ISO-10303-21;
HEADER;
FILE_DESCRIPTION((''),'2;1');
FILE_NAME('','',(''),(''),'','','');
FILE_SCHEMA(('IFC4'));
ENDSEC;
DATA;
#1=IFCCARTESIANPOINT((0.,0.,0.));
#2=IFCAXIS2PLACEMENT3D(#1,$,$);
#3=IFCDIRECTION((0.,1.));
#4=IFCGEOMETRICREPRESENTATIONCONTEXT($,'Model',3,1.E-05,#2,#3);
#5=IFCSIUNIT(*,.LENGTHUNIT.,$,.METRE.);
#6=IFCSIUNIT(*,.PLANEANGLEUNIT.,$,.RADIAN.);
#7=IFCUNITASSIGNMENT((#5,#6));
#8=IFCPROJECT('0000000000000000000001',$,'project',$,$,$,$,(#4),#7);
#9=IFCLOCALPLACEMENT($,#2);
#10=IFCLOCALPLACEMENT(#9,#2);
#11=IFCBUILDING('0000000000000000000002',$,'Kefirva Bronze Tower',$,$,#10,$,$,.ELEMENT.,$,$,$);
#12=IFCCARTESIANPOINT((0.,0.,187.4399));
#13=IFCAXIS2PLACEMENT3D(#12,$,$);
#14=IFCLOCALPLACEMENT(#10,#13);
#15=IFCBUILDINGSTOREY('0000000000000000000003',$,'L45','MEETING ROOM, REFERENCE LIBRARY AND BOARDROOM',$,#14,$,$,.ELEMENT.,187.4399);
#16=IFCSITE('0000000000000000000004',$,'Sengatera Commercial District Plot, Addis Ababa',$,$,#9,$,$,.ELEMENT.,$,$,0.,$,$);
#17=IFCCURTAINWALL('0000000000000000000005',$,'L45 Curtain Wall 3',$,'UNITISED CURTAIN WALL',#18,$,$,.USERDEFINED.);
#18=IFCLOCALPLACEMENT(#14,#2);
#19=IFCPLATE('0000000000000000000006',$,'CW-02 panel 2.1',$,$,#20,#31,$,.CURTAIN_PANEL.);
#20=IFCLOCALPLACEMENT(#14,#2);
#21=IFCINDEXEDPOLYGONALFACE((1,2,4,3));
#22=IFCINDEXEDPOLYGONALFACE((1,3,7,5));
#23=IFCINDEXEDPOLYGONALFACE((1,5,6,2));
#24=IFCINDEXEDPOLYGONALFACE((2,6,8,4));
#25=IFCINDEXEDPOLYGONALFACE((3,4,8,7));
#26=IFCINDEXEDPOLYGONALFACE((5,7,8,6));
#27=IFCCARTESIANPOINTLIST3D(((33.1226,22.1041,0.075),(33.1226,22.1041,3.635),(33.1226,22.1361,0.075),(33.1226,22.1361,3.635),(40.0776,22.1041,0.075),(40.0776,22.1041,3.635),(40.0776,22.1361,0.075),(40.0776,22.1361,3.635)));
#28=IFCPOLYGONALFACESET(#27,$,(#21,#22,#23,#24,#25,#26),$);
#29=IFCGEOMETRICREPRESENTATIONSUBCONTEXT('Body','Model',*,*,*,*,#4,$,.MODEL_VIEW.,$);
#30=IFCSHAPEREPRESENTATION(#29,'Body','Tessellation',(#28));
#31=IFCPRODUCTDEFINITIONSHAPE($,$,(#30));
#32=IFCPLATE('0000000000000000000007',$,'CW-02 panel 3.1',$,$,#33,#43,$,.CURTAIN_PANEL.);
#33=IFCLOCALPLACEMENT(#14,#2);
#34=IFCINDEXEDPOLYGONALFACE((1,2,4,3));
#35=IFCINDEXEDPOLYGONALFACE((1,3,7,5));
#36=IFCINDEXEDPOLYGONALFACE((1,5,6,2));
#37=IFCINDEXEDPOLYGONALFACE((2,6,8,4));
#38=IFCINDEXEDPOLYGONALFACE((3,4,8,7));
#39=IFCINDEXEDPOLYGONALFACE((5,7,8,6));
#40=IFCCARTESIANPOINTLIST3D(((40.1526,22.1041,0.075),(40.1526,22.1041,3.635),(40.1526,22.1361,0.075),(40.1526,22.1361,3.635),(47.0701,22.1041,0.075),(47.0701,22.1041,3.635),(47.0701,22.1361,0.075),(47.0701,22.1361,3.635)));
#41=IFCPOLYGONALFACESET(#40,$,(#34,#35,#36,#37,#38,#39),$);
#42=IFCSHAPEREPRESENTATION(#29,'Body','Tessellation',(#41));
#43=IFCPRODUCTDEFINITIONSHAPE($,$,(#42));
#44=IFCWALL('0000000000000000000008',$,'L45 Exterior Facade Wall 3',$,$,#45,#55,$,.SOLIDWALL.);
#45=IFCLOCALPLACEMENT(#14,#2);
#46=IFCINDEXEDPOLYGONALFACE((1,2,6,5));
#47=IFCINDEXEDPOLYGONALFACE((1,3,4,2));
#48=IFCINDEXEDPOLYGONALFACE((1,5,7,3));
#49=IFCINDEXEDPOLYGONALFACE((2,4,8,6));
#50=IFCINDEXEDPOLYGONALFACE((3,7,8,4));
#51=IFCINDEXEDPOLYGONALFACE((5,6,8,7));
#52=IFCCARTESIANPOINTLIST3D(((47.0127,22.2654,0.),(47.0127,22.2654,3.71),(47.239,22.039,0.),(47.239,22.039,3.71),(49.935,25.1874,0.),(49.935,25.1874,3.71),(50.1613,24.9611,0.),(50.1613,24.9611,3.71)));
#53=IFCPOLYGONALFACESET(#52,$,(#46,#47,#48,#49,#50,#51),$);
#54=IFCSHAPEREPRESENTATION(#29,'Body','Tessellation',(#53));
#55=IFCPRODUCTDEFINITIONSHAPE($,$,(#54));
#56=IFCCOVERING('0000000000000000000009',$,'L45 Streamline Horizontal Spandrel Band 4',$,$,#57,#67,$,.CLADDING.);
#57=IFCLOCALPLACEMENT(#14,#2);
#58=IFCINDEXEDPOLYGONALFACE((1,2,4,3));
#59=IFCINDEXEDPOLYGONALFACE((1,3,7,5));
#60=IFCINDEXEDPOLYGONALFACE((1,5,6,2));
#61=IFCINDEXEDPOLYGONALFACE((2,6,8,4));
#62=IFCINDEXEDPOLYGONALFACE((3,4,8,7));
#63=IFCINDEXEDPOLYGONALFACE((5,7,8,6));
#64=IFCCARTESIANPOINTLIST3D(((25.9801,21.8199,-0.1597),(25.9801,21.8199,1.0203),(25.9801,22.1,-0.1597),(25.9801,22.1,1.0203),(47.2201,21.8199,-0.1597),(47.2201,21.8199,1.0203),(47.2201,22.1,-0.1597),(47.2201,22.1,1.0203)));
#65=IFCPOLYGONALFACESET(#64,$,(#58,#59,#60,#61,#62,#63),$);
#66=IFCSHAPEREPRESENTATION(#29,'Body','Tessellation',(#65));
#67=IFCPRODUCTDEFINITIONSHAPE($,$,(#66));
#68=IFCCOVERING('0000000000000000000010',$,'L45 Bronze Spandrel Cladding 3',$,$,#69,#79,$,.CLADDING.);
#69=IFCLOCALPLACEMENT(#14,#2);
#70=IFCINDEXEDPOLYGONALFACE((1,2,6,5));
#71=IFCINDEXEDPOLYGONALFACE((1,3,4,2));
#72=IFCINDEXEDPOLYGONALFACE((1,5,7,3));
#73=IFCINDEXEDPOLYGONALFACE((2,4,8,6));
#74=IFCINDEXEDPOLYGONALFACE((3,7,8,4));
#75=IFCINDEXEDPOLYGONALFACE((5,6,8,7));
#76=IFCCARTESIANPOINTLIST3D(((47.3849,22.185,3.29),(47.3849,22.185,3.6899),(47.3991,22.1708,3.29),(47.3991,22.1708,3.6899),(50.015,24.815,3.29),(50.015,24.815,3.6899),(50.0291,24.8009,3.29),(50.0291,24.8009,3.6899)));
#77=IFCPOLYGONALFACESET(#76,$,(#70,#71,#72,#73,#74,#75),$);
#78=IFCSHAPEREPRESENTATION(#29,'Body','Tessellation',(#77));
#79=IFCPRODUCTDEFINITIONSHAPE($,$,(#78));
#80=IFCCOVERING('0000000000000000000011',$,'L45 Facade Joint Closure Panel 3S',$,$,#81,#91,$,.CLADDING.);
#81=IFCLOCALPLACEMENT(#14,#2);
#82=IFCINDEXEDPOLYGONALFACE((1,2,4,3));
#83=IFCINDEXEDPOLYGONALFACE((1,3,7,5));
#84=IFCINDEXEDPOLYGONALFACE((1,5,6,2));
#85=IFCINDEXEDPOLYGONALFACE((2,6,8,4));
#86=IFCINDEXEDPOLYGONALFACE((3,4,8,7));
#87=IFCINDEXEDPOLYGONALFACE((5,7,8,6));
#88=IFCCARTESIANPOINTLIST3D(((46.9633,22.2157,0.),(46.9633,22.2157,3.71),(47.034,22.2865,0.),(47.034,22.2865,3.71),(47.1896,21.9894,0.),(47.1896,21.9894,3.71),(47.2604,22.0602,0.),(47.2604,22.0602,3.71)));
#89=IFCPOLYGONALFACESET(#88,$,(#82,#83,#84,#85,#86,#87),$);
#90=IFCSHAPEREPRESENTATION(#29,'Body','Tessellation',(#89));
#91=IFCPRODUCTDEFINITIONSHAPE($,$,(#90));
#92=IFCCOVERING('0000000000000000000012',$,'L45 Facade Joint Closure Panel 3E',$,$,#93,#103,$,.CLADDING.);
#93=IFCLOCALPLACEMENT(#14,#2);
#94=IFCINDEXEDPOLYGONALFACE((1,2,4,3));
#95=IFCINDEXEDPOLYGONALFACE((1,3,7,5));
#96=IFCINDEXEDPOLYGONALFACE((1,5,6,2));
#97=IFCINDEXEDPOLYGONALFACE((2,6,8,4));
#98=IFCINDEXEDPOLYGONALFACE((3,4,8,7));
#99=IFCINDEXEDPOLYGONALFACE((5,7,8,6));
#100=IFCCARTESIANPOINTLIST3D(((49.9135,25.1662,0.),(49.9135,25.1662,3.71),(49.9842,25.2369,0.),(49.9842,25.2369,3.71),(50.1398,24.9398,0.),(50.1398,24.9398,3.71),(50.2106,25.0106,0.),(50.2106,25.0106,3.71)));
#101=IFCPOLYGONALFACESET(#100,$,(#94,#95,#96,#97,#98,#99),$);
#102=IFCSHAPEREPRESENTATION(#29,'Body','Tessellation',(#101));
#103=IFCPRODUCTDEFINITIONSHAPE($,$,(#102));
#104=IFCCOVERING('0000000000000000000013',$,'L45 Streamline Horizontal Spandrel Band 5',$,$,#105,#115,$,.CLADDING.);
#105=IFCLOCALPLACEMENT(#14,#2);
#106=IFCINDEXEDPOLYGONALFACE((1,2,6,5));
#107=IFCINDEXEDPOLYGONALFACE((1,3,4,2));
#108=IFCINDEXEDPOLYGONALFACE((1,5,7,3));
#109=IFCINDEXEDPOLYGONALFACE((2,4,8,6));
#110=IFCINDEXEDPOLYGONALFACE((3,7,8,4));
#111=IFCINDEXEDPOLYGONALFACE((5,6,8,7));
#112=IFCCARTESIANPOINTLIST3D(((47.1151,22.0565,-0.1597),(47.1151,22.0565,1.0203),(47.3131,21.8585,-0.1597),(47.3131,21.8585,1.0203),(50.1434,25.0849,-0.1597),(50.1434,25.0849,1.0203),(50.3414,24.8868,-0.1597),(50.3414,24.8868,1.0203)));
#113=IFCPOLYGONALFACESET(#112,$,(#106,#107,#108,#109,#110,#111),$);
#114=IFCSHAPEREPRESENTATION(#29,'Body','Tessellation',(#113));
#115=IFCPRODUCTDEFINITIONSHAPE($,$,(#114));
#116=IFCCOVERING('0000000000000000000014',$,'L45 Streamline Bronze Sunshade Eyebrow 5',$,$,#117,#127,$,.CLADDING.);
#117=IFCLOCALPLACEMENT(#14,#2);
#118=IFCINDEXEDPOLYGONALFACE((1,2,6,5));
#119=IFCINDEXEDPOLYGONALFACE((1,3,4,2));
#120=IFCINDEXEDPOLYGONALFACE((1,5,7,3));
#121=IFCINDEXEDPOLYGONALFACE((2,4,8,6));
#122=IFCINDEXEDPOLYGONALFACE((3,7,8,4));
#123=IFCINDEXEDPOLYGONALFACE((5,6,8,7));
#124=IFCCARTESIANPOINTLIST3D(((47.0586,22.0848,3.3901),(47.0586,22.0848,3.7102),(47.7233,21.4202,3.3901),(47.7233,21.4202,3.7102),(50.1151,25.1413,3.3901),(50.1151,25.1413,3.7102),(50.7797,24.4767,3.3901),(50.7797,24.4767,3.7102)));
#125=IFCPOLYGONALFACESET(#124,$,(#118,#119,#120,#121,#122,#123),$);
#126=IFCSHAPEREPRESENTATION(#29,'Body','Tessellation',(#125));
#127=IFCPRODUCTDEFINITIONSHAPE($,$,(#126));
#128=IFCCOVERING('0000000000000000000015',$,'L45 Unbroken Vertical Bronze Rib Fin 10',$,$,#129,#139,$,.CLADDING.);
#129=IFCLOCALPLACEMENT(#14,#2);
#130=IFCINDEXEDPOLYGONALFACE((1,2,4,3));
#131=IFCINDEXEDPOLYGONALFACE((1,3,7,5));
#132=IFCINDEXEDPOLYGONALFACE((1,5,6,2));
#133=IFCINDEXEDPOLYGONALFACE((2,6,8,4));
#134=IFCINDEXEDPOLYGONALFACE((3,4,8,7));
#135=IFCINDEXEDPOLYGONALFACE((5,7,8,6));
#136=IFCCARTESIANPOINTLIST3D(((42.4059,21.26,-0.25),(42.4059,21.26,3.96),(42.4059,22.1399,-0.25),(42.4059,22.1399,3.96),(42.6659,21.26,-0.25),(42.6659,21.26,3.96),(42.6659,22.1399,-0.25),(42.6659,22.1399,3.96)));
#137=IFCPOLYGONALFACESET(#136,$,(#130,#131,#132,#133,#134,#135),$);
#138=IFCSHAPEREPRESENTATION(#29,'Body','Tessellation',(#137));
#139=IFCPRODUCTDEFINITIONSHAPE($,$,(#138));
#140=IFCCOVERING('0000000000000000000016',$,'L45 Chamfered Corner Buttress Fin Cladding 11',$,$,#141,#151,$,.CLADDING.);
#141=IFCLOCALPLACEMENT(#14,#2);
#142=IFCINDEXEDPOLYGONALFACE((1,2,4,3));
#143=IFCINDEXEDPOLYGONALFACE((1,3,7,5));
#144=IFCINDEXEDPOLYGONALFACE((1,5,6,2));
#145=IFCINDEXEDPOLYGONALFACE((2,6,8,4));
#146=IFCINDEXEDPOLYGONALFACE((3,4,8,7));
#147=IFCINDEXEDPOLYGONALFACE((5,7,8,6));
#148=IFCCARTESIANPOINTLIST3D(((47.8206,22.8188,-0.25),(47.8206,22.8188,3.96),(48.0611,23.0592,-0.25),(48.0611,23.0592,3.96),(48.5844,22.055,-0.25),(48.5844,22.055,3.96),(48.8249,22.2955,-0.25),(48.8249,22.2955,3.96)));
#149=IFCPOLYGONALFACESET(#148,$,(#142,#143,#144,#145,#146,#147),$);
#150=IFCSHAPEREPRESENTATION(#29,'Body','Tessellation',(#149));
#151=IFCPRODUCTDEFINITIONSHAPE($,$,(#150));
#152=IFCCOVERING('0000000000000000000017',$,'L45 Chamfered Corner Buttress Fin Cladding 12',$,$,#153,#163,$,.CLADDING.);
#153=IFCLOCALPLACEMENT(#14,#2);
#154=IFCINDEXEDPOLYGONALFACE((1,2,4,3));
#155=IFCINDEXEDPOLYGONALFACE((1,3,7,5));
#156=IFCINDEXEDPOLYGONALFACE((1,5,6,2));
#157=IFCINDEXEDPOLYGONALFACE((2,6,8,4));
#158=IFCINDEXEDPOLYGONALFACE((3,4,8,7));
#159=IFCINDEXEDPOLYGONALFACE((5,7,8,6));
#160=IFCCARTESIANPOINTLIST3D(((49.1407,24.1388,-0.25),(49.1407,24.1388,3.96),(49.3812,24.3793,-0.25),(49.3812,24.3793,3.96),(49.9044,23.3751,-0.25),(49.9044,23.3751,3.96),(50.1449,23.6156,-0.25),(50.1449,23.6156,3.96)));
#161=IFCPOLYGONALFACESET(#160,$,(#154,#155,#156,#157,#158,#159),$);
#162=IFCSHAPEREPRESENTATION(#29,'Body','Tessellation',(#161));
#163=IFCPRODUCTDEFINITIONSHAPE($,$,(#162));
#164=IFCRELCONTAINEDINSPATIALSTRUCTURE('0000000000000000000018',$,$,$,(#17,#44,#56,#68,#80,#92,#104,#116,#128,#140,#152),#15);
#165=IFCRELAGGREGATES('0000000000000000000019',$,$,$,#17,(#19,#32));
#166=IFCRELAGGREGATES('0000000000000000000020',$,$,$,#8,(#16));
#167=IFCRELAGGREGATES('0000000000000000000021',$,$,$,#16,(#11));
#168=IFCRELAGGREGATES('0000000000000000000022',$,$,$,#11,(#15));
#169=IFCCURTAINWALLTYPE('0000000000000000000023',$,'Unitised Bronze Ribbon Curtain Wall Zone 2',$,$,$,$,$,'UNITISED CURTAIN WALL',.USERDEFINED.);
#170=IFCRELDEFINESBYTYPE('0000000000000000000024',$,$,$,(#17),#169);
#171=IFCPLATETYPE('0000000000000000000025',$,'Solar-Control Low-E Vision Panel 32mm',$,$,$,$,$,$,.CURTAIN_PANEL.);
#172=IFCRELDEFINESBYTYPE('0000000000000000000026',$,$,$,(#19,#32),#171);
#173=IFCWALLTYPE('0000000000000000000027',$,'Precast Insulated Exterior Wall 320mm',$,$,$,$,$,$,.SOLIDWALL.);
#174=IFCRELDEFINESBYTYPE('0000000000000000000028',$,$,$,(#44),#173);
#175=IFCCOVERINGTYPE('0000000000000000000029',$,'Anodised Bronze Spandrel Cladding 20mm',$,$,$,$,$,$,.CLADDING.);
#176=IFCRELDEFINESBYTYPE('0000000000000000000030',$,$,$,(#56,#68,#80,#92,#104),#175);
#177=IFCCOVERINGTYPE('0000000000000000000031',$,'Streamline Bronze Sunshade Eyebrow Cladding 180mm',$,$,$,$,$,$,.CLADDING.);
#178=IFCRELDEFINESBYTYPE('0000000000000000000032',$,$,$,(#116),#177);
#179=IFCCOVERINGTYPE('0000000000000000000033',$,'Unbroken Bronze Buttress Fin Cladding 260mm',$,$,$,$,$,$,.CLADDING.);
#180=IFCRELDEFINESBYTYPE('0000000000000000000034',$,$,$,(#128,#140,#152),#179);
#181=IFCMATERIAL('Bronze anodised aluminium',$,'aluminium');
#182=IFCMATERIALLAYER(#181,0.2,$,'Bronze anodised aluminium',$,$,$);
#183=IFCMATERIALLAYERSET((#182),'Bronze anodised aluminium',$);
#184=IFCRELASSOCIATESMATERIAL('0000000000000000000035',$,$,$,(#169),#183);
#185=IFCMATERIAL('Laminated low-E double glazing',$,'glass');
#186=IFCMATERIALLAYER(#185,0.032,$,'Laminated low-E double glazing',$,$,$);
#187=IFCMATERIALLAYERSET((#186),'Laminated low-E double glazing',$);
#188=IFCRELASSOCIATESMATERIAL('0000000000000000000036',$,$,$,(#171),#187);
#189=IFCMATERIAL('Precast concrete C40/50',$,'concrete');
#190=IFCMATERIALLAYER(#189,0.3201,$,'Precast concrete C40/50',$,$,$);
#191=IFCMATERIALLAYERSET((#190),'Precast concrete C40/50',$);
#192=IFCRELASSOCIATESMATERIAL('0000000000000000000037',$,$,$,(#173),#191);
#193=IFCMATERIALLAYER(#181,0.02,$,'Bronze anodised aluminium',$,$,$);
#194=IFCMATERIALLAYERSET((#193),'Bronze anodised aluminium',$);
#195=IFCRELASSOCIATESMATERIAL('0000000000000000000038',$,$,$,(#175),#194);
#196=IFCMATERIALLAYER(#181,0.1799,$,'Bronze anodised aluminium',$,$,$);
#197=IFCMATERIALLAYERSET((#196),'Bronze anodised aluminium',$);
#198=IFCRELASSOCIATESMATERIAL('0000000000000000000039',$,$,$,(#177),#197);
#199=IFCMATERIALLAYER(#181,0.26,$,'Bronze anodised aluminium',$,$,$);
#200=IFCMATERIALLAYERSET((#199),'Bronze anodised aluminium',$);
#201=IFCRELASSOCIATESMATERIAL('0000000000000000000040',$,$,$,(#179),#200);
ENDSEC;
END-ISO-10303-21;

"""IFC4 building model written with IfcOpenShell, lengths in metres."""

from ifc_helpers import new_model, si_unit, direction, frame, frame_2d, origin, origin_2d, place, context, subcontext, project, spatial, rectangle, extrude, material, layer, layer_set, type_object, element, aggregate, save


model = new_model("IFC4")

# Units and contexts
model_context = context("Model", 3, precision=1e-05, world=origin(), true_north=direction((0.0, 1.0)))
body_context = subcontext(model_context, "Body", "Model", "MODEL_VIEW")
ifc_project = project(units=[si_unit("LENGTHUNIT", "METRE"), si_unit("PLANEANGLEUNIT", "RADIAN")], contexts=[model_context])

# Site, building, storey
site_placement = place(None, origin())
site = spatial("IfcSite", under=ifc_project, at=site_placement, Name="Sengatera Commercial District Plot, Addis Ababa", CompositionType="ELEMENT", RefElevation=0.0)
building_placement = place(site_placement, origin())
building = spatial("IfcBuilding", under=site, at=building_placement, Name="Kefirva Bronze Tower", CompositionType="ELEMENT")
storey_placement = place(building_placement, frame((0.0, 0.0, 187.4399)))
storey = spatial("IfcBuildingStorey", under=building, at=storey_placement, Name="L45", Description="MEETING ROOM, REFERENCE LIBRARY AND BOARDROOM", CompositionType="ELEMENT", Elevation=187.4399)

# Curtain wall
ifc_material_1 = material(Name="Bronze anodised aluminium", Category="aluminium")
ifc_layer_1 = layer(ifc_material_1, 0.2, Name="Bronze anodised aluminium")
ifc_layer_set_1 = layer_set([ifc_layer_1], Name="Bronze anodised aluminium")
curtain_wall_type = type_object("IfcCurtainWallType", Name="Unitised Bronze Ribbon Curtain Wall Zone 2", ElementType="UNITISED CURTAIN WALL", PredefinedType="USERDEFINED", material=ifc_layer_set_1)
curtain_wall_1_placement = place(storey_placement, origin())
curtain_wall_1 = element("IfcCurtainWall", 1, at=curtain_wall_1_placement, inside=storey, type_object=curtain_wall_type, Name="L45 Curtain Wall 3", ObjectType="UNITISED CURTAIN WALL", PredefinedType="USERDEFINED")

# Plates
ifc_material_2 = material(Name="Laminated low-E double glazing", Category="glass")
ifc_layer_2 = layer(ifc_material_2, 0.032, Name="Laminated low-E double glazing")
ifc_layer_set_2 = layer_set([ifc_layer_2], Name="Laminated low-E double glazing")
plate_type = type_object("IfcPlateType", Name="Solar-Control Low-E Vision Panel 32mm", PredefinedType="CURTAIN_PANEL", material=ifc_layer_set_2)
plate_1_placement = place(storey_placement, frame((36.6001, 22.1201, 0.075), z_axis=(0.0, 0.0, 1.0), x_axis=(1.0, 0.0, 0.0)))
plate_1 = element("IfcPlate", 2, at=plate_1_placement, type_object=plate_type, Name="CW-02 panel 2.1", PredefinedType="CURTAIN_PANEL", context=body_context, shape_type="SweptSolid", body=[
    extrude(rectangle(XDim=6.9551, YDim=0.032, at=origin_2d()), origin(), (0.0, 0.0, 1.0), 3.5601),
])
plate_2_placement = place(storey_placement, frame((43.6113, 22.1201, 0.075), z_axis=(0.0, 0.0, 1.0), x_axis=(1.0, 0.0, 0.0)))
plate_2 = element("IfcPlate", 3, at=plate_2_placement, type_object=plate_type, Name="CW-02 panel 3.1", PredefinedType="CURTAIN_PANEL", context=body_context, shape_type="SweptSolid", body=[
    extrude(rectangle(XDim=6.9175, YDim=0.032, at=origin_2d()), origin(), (0.0, 0.0, 1.0), 3.5601),
])
aggregate(curtain_wall_1, [plate_1, plate_2])

# Wall
ifc_material_3 = material(Name="Precast concrete C40/50", Category="concrete")
ifc_layer_3 = layer(ifc_material_3, 0.3201, Name="Precast concrete C40/50")
ifc_layer_set_3 = layer_set([ifc_layer_3], Name="Precast concrete C40/50")
wall_type = type_object("IfcWallType", Name="Precast Insulated Exterior Wall 320mm", PredefinedType="SOLIDWALL", material=ifc_layer_set_3)
wall_placement = place(storey_placement, frame((47.1257, 22.1521, 0.0), z_axis=(0.0, 0.0, 1.0), x_axis=(0.707136, 0.707077, 0.0)))
element("IfcWall", 4, at=wall_placement, inside=storey, type_object=wall_type, Name="L45 Exterior Facade Wall 3", PredefinedType="SOLIDWALL", context=body_context, shape_type="SweptSolid", body=[
    extrude(rectangle(XDim=4.1326, YDim=0.3201, at=frame_2d((2.0664, 0.0))), origin(), (0.0, 0.0, 1.0), 3.71),
])

# Coverings
ifc_layer_4 = layer(ifc_material_1, 0.02, Name="Bronze anodised aluminium")
ifc_layer_set_4 = layer_set([ifc_layer_4], Name="Bronze anodised aluminium")
covering_type_1 = type_object("IfcCoveringType", Name="Anodised Bronze Spandrel Cladding 20mm", PredefinedType="CLADDING", material=ifc_layer_set_4)
covering_1_placement = place(storey_placement, frame((36.6001, 21.96, -0.1597), z_axis=(0.0, 0.0, 1.0), x_axis=(1.0, 0.0, 0.0)))
element("IfcCovering", 5, at=covering_1_placement, inside=storey, type_object=covering_type_1, Name="L45 Streamline Horizontal Spandrel Band 4", PredefinedType="CLADDING", context=body_context, shape_type="SweptSolid", body=[
    extrude(rectangle(XDim=21.24, YDim=0.28, at=origin_2d()), origin(), (0.0, 0.0, 1.0), 1.1799),
])
covering_2_placement = place(storey_placement, frame((48.707, 23.4929, 3.29), z_axis=(0.0, 0.0, 1.0), x_axis=(0.707107, 0.707107, 0.0)))
element("IfcCovering", 6, at=covering_2_placement, inside=storey, type_object=covering_type_1, Name="L45 Bronze Spandrel Cladding 3", PredefinedType="CLADDING", context=body_context, shape_type="SweptSolid", body=[
    extrude(rectangle(XDim=3.7195, YDim=0.02, at=origin_2d()), origin(), (0.0, 0.0, 1.0), 0.3999),
])
for number, where, z_axis, x_axis, name in (
    (7, (47.1118, 22.1379, 0.0), (0.0, 0.0, 1.0), (0.707107, 0.707107, 0.0), "L45 Facade Joint Closure Panel 3S"),
    (8, (50.062, 25.0884, 0.0), (0.0, 0.0, 1.0), (0.707107, 0.707107, 0.0), "L45 Facade Joint Closure Panel 3E"),
):
    element("IfcCovering", number, at=place(storey_placement, frame(where, z_axis=z_axis, x_axis=x_axis)), inside=storey, type_object=covering_type_1, Name=name, PredefinedType="CLADDING", context=body_context, shape_type="SweptSolid", body=[
        extrude(rectangle(XDim=0.1001, YDim=0.3201, at=origin_2d()), origin(), (0.0, 0.0, 1.0), 3.71),
    ])
covering_3_placement = place(storey_placement, frame((48.7283, 23.4717, -0.1597), z_axis=(0.0, 0.0, 1.0), x_axis=(0.707107, 0.707107, 0.0)))
element("IfcCovering", 9, at=covering_3_placement, inside=storey, type_object=covering_type_1, Name="L45 Streamline Horizontal Spandrel Band 5", PredefinedType="CLADDING", context=body_context, shape_type="SweptSolid", body=[
    extrude(rectangle(XDim=4.2827, YDim=0.28, at=origin_2d()), origin(), (0.0, 0.0, 1.0), 1.1799),
])
ifc_layer_5 = layer(ifc_material_1, 0.1799, Name="Bronze anodised aluminium")
ifc_layer_set_5 = layer_set([ifc_layer_5], Name="Bronze anodised aluminium")
covering_type_2 = type_object("IfcCoveringType", Name="Streamline Bronze Sunshade Eyebrow Cladding 180mm", PredefinedType="CLADDING", material=ifc_layer_set_5)
covering_4_placement = place(storey_placement, frame((48.9192, 23.2808, 3.3901), z_axis=(0.0, 0.0, 1.0), x_axis=(0.707107, 0.707107, 0.0)))
element("IfcCovering", 10, at=covering_4_placement, inside=storey, type_object=covering_type_2, Name="L45 Streamline Bronze Sunshade Eyebrow 5", PredefinedType="CLADDING", context=body_context, shape_type="SweptSolid", body=[
    extrude(rectangle(XDim=4.3225, YDim=0.9399, at=origin_2d()), origin(), (0.0, 0.0, 1.0), 0.3201),
])
ifc_layer_6 = layer(ifc_material_1, 0.26, Name="Bronze anodised aluminium")
ifc_layer_set_6 = layer_set([ifc_layer_6], Name="Bronze anodised aluminium")
covering_type_3 = type_object("IfcCoveringType", Name="Unbroken Bronze Buttress Fin Cladding 260mm", PredefinedType="CLADDING", material=ifc_layer_set_6)
covering_5_placement = place(storey_placement, frame((42.5359, 21.7, -0.25), z_axis=(0.0, 0.0, 1.0), x_axis=(1.0, 0.0, 0.0)))
element("IfcCovering", 11, at=covering_5_placement, inside=storey, type_object=covering_type_3, Name="L45 Unbroken Vertical Bronze Rib Fin 10", PredefinedType="CLADDING", context=body_context, shape_type="SweptSolid", body=[
    extrude(rectangle(XDim=0.26, YDim=0.8799, at=origin_2d()), origin(), (0.0, 0.0, 1.0), 4.21),
])
for number, where, z_axis, x_axis, name in (
    (12, (48.3228, 22.5571, -0.25), (0.0, 0.0, 1.0), (0.707107, 0.707107, 0.0), "L45 Chamfered Corner Buttress Fin Cladding 11"),
    (13, (49.6428, 23.8772, -0.25), (0.0, 0.0, 1.0), (0.707107, 0.707107, 0.0), "L45 Chamfered Corner Buttress Fin Cladding 12"),
):
    element("IfcCovering", number, at=place(storey_placement, frame(where, z_axis=z_axis, x_axis=x_axis)), inside=storey, type_object=covering_type_3, Name=name, PredefinedType="CLADDING", context=body_context, shape_type="SweptSolid", body=[
        extrude(rectangle(XDim=0.3401, YDim=1.0801, at=origin_2d()), origin(), (0.0, 0.0, 1.0), 4.21),
    ])

save(model, "model.ifc")
